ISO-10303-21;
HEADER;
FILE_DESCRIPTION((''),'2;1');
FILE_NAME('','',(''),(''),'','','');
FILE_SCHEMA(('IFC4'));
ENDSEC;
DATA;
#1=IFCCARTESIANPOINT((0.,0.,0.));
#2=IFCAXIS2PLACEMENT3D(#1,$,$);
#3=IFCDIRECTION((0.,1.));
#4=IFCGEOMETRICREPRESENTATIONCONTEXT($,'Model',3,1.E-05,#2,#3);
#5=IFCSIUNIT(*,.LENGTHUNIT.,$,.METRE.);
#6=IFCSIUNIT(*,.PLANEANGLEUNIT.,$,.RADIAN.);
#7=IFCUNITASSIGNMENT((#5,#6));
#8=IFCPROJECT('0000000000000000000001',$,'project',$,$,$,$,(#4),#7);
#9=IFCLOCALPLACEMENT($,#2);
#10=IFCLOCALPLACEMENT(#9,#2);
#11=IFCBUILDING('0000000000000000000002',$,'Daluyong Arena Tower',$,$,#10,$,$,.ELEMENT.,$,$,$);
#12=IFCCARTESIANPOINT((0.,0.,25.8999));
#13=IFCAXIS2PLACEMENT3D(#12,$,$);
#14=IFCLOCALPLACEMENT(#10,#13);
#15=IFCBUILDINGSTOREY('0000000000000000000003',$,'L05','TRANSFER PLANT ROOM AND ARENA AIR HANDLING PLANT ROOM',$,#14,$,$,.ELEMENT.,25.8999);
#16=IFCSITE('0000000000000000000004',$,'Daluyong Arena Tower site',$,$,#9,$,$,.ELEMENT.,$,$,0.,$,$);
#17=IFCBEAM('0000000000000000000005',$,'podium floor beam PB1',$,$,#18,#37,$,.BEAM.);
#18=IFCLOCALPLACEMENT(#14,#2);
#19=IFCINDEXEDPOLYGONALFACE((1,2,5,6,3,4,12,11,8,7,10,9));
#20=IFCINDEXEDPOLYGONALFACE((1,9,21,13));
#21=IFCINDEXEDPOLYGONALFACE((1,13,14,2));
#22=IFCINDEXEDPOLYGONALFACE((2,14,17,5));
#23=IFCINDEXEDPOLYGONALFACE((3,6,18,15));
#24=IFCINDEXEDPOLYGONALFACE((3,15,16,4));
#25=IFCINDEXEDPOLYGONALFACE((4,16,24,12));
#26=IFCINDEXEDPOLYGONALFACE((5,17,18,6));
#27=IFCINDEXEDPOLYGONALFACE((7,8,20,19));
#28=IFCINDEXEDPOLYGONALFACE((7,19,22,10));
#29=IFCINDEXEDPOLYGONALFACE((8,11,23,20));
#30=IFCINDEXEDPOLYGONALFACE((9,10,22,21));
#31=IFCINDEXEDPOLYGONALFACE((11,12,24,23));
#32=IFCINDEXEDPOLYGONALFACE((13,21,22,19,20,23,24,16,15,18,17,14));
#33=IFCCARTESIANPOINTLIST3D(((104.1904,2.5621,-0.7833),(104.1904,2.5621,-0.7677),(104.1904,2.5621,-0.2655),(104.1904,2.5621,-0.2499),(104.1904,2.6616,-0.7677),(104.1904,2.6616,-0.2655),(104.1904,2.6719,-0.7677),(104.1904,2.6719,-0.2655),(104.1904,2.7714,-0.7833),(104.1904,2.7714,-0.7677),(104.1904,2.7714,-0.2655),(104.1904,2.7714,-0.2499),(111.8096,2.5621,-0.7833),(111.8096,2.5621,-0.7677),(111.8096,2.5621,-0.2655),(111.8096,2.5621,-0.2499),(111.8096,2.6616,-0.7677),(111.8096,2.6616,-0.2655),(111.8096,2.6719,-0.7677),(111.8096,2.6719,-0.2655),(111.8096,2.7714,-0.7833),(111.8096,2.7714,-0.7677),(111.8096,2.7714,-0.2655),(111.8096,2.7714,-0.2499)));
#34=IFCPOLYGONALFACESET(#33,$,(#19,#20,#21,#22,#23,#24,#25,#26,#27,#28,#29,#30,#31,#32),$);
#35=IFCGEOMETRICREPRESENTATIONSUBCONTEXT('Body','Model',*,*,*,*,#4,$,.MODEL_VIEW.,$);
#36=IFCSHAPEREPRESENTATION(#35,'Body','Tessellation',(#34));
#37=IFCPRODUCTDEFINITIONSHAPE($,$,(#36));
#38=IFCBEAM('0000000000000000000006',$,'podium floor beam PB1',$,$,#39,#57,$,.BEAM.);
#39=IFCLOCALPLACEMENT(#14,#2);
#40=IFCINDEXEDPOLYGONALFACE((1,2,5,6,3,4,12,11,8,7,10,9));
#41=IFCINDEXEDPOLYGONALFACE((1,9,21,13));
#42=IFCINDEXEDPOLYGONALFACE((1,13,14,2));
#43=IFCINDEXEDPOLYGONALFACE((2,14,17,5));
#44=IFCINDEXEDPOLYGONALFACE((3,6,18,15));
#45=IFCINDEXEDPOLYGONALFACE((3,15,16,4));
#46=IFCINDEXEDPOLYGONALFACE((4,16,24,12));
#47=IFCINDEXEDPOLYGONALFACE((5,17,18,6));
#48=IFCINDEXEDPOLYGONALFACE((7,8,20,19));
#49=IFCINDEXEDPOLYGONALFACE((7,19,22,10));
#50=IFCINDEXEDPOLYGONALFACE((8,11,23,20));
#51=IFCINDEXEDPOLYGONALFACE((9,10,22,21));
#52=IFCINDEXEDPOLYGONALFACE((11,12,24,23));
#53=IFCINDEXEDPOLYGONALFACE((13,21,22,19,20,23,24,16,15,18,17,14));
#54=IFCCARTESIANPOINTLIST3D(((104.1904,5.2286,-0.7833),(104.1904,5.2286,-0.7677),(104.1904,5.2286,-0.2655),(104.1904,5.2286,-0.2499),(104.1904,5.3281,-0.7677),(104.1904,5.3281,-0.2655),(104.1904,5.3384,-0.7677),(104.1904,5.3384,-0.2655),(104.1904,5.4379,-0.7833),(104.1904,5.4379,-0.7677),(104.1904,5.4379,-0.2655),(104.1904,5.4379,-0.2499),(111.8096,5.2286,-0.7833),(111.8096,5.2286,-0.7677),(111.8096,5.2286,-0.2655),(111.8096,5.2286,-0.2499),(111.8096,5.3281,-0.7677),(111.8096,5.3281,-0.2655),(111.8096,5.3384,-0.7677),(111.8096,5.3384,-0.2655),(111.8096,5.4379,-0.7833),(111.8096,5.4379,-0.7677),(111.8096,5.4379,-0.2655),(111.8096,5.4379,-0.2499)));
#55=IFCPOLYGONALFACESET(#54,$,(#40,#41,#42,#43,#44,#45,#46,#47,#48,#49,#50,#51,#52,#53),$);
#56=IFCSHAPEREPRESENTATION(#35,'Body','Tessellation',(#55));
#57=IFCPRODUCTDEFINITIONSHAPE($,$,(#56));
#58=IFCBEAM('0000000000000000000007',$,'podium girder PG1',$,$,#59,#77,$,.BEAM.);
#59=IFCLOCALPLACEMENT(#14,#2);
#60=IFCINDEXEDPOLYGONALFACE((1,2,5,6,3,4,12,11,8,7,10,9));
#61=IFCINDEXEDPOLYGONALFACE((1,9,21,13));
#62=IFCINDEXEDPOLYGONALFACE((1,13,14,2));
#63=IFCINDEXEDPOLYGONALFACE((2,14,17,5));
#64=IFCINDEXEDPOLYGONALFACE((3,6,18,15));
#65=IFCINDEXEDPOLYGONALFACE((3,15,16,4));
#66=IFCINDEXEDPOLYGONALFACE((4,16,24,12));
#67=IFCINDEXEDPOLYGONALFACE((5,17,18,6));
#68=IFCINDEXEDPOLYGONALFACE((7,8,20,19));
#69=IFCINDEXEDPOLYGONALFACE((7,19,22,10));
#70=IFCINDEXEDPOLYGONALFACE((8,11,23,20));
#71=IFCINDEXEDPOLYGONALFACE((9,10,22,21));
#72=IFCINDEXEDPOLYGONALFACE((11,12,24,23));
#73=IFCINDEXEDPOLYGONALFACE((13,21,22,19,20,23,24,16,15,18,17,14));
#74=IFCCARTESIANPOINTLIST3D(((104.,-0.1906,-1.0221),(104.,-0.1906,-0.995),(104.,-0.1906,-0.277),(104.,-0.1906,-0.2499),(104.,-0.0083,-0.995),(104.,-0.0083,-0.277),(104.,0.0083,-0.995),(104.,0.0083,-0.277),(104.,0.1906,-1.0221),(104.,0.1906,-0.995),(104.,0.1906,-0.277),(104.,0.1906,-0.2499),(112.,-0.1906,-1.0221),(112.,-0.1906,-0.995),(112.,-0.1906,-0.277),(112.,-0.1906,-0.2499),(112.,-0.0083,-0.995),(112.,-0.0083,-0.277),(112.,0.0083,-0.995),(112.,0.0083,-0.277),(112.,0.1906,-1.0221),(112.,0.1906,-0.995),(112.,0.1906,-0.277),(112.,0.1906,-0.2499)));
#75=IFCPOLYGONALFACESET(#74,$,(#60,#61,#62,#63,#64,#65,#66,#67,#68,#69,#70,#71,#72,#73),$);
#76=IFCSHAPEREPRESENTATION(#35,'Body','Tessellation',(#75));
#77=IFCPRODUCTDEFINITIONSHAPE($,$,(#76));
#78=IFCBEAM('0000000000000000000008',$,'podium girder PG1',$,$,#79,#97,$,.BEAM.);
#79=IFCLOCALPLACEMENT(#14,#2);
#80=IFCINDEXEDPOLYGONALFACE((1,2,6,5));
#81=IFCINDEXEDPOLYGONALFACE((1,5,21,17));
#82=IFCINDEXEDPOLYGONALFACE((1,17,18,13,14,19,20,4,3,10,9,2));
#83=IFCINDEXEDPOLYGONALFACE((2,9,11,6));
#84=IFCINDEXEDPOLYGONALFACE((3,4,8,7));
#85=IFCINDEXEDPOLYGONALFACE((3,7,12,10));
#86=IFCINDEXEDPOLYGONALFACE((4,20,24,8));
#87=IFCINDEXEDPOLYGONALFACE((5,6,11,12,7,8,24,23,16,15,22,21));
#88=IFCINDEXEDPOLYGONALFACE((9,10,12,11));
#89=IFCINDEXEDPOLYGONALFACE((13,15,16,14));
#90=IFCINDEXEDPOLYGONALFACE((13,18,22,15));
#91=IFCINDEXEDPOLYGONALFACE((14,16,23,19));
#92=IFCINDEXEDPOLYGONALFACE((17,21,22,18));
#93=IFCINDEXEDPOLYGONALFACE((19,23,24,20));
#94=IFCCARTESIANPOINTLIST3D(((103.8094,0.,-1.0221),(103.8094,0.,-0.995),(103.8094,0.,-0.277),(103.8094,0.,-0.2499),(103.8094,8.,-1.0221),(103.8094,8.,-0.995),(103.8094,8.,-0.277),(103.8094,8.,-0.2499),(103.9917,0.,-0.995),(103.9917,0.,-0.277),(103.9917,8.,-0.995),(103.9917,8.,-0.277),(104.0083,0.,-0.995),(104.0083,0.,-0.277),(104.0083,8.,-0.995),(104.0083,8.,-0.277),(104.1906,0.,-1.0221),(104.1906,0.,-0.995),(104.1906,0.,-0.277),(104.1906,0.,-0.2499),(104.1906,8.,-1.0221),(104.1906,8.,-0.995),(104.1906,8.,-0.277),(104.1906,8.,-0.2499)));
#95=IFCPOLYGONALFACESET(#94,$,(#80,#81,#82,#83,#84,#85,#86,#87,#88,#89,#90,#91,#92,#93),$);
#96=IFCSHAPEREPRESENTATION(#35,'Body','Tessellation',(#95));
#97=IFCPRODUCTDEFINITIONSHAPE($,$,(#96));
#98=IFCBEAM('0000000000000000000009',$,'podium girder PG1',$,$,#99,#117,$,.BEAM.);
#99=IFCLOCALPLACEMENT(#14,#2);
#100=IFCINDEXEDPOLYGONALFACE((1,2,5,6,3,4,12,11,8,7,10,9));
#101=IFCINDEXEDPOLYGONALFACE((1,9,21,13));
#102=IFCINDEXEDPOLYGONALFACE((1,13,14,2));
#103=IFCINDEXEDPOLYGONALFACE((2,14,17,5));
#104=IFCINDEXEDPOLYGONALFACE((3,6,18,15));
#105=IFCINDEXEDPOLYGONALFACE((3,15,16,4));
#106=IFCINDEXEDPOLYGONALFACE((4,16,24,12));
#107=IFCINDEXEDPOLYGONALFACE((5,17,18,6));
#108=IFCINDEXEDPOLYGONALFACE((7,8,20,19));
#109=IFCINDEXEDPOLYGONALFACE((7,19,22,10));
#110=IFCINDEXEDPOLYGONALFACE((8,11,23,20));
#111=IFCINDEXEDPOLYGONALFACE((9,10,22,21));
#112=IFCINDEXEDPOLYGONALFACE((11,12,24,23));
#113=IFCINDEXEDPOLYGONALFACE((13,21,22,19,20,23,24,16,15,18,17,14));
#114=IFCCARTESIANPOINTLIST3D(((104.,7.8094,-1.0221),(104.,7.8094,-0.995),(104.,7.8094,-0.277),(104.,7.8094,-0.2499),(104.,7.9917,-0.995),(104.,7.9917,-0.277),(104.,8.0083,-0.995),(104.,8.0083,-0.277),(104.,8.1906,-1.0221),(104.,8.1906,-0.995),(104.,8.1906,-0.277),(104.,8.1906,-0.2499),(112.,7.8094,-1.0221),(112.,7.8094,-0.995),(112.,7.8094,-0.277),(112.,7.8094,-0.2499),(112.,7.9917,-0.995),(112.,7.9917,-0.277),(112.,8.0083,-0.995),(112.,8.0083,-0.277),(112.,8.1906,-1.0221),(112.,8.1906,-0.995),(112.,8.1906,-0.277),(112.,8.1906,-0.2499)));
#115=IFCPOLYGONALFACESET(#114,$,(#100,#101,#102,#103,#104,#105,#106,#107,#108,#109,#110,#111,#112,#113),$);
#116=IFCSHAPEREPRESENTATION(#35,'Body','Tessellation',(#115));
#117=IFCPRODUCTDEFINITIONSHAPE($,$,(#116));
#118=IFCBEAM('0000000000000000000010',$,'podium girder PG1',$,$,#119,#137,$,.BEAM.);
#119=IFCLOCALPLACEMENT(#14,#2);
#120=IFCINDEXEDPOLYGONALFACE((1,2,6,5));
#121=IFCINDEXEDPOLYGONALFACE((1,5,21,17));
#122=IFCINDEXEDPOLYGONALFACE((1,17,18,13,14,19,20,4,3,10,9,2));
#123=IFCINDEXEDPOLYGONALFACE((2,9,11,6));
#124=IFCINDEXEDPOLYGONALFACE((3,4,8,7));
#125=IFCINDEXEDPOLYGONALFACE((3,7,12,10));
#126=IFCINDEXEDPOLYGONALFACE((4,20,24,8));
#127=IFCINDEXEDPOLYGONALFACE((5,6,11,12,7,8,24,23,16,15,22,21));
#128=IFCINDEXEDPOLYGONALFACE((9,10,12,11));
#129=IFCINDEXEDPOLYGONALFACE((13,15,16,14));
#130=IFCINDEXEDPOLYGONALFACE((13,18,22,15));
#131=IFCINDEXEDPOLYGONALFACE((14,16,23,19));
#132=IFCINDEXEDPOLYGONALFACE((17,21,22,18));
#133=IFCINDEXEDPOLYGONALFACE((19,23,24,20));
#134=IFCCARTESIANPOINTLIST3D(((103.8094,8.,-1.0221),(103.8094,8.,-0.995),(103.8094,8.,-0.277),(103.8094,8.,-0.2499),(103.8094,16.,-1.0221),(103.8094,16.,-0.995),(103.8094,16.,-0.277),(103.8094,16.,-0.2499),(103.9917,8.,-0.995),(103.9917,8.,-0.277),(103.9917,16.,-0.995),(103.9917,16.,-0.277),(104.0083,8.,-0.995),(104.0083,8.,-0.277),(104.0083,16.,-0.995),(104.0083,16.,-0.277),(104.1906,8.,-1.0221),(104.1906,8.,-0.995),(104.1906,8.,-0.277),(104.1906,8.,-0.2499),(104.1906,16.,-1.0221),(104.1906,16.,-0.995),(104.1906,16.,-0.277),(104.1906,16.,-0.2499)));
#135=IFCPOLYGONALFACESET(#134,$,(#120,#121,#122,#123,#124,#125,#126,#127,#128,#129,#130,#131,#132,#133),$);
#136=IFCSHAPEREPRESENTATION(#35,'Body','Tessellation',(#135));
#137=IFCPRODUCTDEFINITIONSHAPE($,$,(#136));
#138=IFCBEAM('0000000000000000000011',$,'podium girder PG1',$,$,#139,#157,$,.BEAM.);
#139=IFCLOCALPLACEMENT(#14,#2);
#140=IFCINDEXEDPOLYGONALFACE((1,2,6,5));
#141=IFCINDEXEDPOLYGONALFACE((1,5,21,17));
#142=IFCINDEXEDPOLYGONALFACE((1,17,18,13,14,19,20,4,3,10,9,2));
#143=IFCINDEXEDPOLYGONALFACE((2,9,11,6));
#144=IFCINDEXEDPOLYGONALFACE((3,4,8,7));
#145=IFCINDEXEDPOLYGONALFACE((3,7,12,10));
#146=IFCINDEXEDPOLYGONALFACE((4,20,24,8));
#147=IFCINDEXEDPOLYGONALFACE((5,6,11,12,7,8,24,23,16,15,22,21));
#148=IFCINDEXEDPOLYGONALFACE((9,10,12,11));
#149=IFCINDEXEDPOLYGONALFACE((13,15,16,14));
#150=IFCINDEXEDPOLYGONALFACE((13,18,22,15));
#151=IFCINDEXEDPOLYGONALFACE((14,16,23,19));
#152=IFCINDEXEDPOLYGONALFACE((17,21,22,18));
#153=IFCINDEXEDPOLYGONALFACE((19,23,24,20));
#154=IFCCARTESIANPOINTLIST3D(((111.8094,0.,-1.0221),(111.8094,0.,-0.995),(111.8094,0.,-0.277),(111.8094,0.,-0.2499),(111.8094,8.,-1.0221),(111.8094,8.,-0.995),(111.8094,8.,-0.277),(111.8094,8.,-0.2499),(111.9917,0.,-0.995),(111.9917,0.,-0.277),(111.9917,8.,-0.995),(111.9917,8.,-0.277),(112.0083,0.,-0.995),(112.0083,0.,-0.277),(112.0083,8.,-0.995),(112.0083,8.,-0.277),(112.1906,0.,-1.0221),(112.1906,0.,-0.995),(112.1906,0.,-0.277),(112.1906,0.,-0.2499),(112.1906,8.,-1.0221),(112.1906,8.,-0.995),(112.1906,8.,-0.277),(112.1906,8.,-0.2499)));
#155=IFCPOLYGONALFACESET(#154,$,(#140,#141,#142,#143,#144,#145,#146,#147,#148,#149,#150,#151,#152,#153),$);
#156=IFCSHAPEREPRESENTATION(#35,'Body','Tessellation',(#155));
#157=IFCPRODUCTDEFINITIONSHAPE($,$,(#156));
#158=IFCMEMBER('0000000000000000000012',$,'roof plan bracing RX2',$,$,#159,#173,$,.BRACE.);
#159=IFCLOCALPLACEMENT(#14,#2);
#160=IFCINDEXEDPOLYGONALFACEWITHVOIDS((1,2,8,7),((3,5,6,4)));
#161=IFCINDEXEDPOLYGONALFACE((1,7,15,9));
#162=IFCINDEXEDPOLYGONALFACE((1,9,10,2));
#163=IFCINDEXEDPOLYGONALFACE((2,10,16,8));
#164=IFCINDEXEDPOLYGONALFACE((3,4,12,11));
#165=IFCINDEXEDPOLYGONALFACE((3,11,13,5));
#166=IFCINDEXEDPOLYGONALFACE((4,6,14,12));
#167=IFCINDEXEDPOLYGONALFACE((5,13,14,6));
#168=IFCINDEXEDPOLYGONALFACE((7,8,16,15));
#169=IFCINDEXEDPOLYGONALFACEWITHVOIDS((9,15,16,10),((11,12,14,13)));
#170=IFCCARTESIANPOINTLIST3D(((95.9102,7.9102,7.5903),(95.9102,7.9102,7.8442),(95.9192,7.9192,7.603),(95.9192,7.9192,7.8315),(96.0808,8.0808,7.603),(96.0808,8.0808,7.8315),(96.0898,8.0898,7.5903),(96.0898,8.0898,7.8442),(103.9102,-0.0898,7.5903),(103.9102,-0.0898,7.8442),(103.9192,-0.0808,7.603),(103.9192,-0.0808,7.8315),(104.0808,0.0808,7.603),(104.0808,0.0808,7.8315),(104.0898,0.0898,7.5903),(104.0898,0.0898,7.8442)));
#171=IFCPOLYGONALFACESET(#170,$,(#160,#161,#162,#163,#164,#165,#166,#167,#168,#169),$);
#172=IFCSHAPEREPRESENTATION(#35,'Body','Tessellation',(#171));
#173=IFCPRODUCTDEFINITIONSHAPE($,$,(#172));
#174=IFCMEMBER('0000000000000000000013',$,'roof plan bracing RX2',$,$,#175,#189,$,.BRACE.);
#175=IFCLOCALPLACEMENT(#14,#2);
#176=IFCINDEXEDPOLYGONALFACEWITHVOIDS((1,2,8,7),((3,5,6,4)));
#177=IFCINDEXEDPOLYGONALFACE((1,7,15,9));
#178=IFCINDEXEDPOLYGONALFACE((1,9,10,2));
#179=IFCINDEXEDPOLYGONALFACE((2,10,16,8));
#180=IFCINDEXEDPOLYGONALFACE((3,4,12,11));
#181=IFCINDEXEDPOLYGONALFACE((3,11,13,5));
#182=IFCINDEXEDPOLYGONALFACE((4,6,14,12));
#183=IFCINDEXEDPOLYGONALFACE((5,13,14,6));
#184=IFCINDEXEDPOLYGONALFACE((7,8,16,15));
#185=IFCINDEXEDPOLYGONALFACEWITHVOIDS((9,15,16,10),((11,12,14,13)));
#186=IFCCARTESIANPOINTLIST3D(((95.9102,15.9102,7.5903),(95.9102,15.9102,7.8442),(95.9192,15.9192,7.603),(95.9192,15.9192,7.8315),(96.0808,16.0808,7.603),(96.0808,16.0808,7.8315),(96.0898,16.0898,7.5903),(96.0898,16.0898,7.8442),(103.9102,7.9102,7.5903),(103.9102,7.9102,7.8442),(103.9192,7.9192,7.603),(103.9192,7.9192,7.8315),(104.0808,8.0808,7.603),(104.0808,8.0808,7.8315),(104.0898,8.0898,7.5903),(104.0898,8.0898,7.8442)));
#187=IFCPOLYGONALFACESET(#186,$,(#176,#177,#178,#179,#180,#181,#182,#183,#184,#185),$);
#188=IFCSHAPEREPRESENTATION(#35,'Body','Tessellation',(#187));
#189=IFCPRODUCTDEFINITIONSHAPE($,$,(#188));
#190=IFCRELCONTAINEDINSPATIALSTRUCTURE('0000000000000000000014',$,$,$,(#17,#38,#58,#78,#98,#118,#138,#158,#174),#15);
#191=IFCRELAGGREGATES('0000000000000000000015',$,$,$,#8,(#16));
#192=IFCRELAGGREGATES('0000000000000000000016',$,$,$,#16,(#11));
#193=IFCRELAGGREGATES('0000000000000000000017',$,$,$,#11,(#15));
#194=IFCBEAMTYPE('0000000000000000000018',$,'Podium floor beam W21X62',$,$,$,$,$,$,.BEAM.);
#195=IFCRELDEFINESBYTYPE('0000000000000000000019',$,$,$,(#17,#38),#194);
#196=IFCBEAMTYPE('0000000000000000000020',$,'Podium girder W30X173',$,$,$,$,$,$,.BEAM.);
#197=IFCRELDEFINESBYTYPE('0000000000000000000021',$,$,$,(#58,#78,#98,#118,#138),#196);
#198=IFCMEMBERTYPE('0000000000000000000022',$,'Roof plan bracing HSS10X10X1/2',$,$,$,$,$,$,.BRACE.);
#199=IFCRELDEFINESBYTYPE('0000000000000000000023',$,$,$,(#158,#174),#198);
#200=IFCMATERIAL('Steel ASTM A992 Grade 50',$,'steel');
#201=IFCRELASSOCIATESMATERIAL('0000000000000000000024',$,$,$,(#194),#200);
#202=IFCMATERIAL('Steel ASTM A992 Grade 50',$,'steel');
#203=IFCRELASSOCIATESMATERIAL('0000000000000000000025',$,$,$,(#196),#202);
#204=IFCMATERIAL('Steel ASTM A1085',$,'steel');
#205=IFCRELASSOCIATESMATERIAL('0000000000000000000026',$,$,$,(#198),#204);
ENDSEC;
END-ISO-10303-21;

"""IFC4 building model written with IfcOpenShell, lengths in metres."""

from ifc_helpers import new_model, si_unit, direction, frame, origin, origin_2d, place, context, subcontext, project, spatial, hollow_rectangle, i_section, extrude, material, material_profile, profile_set, type_object, element, save


model = new_model("IFC4")

# Units and contexts
model_context = context("Model", 3, precision=1e-05, world=origin(), true_north=direction((0.0, 1.0)))
body_context = subcontext(model_context, "Body", "Model", "MODEL_VIEW")
ifc_project = project(units=[si_unit("LENGTHUNIT", "METRE"), si_unit("PLANEANGLEUNIT", "RADIAN")], contexts=[model_context])

# Site, building, storey
site_placement = place(None, origin())
site = spatial("IfcSite", under=ifc_project, at=site_placement, Name="Daluyong Arena Tower site", CompositionType="ELEMENT", RefElevation=0.0)
building_placement = place(site_placement, origin())
building = spatial("IfcBuilding", under=site, at=building_placement, Name="Daluyong Arena Tower", CompositionType="ELEMENT")
storey_placement = place(building_placement, frame((0.0, 0.0, 25.8999)))
storey = spatial("IfcBuildingStorey", under=building, at=storey_placement, Name="L05", Description="TRANSFER PLANT ROOM AND ARENA AIR HANDLING PLANT ROOM", CompositionType="ELEMENT", Elevation=25.8999)

# Beams
ifc_material_1 = material(Name="Steel ASTM A992 Grade 50", Category="steel")
ifc_material_profile_1 = material_profile(ifc_material_1, i_section(OverallWidth=0.2092, OverallDepth=0.5334, WebThickness=0.0103, FlangeThickness=0.0156, at=origin_2d()))
ifc_profile_set_1 = profile_set([ifc_material_profile_1], Name="Steel ASTM A992 Grade 50")
beam_type_1 = type_object("IfcBeamType", Name="Podium floor beam W21X62", PredefinedType="BEAM", material=ifc_profile_set_1)
for number, where, z_axis, x_axis, name in (
    (1, (104.1904, 2.6667, -0.5166), (1.0, 0.0, 0.0), (0.0, 1.0, 0.0), "podium floor beam PB1"),
    (2, (104.1904, 5.3333, -0.5166), (1.0, 0.0, 0.0), (0.0, 1.0, 0.0), "podium floor beam PB1"),
):
    element("IfcBeam", number, at=place(storey_placement, frame(where, z_axis=z_axis, x_axis=x_axis)), inside=storey, type_object=beam_type_1, Name=name, PredefinedType="BEAM", context=body_context, shape_type="SweptSolid", body=[
        extrude(i_section(OverallWidth=0.2092, OverallDepth=0.5334, WebThickness=0.0103, FlangeThickness=0.0156, at=origin_2d()), origin(), (0.0, 0.0, 1.0), 7.6191),
    ])
ifc_material_2 = material(Name="Steel ASTM A992 Grade 50", Category="steel")
ifc_material_profile_2 = material_profile(ifc_material_2, i_section(OverallWidth=0.3811, OverallDepth=0.7722, WebThickness=0.0166, FlangeThickness=0.0271, at=origin_2d()))
ifc_profile_set_2 = profile_set([ifc_material_profile_2], Name="Steel ASTM A992 Grade 50")
beam_type_2 = type_object("IfcBeamType", Name="Podium girder W30X173", PredefinedType="BEAM", material=ifc_profile_set_2)
for number, where, z_axis, x_axis, name in (
    (3, (104.0, 0.0, -0.636), (1.0, 0.0, 0.0), (0.0, 1.0, 0.0), "podium girder PG1"),
    (4, (104.0, 0.0, -0.636), (0.0, 1.0, 0.0), (-1.0, 0.0, 0.0), "podium girder PG1"),
    (5, (104.0, 8.0, -0.636), (1.0, 0.0, 0.0), (0.0, 1.0, 0.0), "podium girder PG1"),
    (6, (104.0, 8.0, -0.636), (0.0, 1.0, 0.0), (-1.0, 0.0, 0.0), "podium girder PG1"),
    (7, (112.0, 0.0, -0.636), (0.0, 1.0, 0.0), (-1.0, 0.0, 0.0), "podium girder PG1"),
):
    element("IfcBeam", number, at=place(storey_placement, frame(where, z_axis=z_axis, x_axis=x_axis)), inside=storey, type_object=beam_type_2, Name=name, PredefinedType="BEAM", context=body_context, shape_type="SweptSolid", body=[
        extrude(i_section(OverallWidth=0.3811, OverallDepth=0.7722, WebThickness=0.0166, FlangeThickness=0.0271, at=origin_2d()), origin(), (0.0, 0.0, 1.0), 8.0),
    ])

# Members
ifc_material_3 = material(Name="Steel ASTM A1085", Category="steel")
ifc_material_profile_3 = material_profile(ifc_material_3, hollow_rectangle(XDim=0.2539, YDim=0.2539, WallThickness=0.0127, at=origin_2d()))
ifc_profile_set_3 = profile_set([ifc_material_profile_3], Name="Steel ASTM A1085")
member_type_1 = type_object("IfcMemberType", Name="Roof plan bracing HSS10X10X1/2", PredefinedType="BRACE", material=ifc_profile_set_3)
for number, where, z_axis, x_axis, name in (
    (8, (104.0, 0.0, 7.7173), (-0.707107, 0.707107, 0.0), (-0.707107, -0.707107, 0.0), "roof plan bracing RX2"),
    (9, (104.0, 8.0, 7.7173), (-0.707107, 0.707107, 0.0), (-0.707107, -0.707107, 0.0), "roof plan bracing RX2"),
):
    element("IfcMember", number, at=place(storey_placement, frame(where, z_axis=z_axis, x_axis=x_axis)), inside=storey, type_object=member_type_1, Name=name, PredefinedType="BRACE", context=body_context, shape_type="SweptSolid", body=[
        extrude(hollow_rectangle(XDim=0.2539, YDim=0.2539, WallThickness=0.0127, at=origin_2d()), origin(), (0.0, 0.0, 1.0), 11.3137),
    ])

save(model, "model.ifc")
